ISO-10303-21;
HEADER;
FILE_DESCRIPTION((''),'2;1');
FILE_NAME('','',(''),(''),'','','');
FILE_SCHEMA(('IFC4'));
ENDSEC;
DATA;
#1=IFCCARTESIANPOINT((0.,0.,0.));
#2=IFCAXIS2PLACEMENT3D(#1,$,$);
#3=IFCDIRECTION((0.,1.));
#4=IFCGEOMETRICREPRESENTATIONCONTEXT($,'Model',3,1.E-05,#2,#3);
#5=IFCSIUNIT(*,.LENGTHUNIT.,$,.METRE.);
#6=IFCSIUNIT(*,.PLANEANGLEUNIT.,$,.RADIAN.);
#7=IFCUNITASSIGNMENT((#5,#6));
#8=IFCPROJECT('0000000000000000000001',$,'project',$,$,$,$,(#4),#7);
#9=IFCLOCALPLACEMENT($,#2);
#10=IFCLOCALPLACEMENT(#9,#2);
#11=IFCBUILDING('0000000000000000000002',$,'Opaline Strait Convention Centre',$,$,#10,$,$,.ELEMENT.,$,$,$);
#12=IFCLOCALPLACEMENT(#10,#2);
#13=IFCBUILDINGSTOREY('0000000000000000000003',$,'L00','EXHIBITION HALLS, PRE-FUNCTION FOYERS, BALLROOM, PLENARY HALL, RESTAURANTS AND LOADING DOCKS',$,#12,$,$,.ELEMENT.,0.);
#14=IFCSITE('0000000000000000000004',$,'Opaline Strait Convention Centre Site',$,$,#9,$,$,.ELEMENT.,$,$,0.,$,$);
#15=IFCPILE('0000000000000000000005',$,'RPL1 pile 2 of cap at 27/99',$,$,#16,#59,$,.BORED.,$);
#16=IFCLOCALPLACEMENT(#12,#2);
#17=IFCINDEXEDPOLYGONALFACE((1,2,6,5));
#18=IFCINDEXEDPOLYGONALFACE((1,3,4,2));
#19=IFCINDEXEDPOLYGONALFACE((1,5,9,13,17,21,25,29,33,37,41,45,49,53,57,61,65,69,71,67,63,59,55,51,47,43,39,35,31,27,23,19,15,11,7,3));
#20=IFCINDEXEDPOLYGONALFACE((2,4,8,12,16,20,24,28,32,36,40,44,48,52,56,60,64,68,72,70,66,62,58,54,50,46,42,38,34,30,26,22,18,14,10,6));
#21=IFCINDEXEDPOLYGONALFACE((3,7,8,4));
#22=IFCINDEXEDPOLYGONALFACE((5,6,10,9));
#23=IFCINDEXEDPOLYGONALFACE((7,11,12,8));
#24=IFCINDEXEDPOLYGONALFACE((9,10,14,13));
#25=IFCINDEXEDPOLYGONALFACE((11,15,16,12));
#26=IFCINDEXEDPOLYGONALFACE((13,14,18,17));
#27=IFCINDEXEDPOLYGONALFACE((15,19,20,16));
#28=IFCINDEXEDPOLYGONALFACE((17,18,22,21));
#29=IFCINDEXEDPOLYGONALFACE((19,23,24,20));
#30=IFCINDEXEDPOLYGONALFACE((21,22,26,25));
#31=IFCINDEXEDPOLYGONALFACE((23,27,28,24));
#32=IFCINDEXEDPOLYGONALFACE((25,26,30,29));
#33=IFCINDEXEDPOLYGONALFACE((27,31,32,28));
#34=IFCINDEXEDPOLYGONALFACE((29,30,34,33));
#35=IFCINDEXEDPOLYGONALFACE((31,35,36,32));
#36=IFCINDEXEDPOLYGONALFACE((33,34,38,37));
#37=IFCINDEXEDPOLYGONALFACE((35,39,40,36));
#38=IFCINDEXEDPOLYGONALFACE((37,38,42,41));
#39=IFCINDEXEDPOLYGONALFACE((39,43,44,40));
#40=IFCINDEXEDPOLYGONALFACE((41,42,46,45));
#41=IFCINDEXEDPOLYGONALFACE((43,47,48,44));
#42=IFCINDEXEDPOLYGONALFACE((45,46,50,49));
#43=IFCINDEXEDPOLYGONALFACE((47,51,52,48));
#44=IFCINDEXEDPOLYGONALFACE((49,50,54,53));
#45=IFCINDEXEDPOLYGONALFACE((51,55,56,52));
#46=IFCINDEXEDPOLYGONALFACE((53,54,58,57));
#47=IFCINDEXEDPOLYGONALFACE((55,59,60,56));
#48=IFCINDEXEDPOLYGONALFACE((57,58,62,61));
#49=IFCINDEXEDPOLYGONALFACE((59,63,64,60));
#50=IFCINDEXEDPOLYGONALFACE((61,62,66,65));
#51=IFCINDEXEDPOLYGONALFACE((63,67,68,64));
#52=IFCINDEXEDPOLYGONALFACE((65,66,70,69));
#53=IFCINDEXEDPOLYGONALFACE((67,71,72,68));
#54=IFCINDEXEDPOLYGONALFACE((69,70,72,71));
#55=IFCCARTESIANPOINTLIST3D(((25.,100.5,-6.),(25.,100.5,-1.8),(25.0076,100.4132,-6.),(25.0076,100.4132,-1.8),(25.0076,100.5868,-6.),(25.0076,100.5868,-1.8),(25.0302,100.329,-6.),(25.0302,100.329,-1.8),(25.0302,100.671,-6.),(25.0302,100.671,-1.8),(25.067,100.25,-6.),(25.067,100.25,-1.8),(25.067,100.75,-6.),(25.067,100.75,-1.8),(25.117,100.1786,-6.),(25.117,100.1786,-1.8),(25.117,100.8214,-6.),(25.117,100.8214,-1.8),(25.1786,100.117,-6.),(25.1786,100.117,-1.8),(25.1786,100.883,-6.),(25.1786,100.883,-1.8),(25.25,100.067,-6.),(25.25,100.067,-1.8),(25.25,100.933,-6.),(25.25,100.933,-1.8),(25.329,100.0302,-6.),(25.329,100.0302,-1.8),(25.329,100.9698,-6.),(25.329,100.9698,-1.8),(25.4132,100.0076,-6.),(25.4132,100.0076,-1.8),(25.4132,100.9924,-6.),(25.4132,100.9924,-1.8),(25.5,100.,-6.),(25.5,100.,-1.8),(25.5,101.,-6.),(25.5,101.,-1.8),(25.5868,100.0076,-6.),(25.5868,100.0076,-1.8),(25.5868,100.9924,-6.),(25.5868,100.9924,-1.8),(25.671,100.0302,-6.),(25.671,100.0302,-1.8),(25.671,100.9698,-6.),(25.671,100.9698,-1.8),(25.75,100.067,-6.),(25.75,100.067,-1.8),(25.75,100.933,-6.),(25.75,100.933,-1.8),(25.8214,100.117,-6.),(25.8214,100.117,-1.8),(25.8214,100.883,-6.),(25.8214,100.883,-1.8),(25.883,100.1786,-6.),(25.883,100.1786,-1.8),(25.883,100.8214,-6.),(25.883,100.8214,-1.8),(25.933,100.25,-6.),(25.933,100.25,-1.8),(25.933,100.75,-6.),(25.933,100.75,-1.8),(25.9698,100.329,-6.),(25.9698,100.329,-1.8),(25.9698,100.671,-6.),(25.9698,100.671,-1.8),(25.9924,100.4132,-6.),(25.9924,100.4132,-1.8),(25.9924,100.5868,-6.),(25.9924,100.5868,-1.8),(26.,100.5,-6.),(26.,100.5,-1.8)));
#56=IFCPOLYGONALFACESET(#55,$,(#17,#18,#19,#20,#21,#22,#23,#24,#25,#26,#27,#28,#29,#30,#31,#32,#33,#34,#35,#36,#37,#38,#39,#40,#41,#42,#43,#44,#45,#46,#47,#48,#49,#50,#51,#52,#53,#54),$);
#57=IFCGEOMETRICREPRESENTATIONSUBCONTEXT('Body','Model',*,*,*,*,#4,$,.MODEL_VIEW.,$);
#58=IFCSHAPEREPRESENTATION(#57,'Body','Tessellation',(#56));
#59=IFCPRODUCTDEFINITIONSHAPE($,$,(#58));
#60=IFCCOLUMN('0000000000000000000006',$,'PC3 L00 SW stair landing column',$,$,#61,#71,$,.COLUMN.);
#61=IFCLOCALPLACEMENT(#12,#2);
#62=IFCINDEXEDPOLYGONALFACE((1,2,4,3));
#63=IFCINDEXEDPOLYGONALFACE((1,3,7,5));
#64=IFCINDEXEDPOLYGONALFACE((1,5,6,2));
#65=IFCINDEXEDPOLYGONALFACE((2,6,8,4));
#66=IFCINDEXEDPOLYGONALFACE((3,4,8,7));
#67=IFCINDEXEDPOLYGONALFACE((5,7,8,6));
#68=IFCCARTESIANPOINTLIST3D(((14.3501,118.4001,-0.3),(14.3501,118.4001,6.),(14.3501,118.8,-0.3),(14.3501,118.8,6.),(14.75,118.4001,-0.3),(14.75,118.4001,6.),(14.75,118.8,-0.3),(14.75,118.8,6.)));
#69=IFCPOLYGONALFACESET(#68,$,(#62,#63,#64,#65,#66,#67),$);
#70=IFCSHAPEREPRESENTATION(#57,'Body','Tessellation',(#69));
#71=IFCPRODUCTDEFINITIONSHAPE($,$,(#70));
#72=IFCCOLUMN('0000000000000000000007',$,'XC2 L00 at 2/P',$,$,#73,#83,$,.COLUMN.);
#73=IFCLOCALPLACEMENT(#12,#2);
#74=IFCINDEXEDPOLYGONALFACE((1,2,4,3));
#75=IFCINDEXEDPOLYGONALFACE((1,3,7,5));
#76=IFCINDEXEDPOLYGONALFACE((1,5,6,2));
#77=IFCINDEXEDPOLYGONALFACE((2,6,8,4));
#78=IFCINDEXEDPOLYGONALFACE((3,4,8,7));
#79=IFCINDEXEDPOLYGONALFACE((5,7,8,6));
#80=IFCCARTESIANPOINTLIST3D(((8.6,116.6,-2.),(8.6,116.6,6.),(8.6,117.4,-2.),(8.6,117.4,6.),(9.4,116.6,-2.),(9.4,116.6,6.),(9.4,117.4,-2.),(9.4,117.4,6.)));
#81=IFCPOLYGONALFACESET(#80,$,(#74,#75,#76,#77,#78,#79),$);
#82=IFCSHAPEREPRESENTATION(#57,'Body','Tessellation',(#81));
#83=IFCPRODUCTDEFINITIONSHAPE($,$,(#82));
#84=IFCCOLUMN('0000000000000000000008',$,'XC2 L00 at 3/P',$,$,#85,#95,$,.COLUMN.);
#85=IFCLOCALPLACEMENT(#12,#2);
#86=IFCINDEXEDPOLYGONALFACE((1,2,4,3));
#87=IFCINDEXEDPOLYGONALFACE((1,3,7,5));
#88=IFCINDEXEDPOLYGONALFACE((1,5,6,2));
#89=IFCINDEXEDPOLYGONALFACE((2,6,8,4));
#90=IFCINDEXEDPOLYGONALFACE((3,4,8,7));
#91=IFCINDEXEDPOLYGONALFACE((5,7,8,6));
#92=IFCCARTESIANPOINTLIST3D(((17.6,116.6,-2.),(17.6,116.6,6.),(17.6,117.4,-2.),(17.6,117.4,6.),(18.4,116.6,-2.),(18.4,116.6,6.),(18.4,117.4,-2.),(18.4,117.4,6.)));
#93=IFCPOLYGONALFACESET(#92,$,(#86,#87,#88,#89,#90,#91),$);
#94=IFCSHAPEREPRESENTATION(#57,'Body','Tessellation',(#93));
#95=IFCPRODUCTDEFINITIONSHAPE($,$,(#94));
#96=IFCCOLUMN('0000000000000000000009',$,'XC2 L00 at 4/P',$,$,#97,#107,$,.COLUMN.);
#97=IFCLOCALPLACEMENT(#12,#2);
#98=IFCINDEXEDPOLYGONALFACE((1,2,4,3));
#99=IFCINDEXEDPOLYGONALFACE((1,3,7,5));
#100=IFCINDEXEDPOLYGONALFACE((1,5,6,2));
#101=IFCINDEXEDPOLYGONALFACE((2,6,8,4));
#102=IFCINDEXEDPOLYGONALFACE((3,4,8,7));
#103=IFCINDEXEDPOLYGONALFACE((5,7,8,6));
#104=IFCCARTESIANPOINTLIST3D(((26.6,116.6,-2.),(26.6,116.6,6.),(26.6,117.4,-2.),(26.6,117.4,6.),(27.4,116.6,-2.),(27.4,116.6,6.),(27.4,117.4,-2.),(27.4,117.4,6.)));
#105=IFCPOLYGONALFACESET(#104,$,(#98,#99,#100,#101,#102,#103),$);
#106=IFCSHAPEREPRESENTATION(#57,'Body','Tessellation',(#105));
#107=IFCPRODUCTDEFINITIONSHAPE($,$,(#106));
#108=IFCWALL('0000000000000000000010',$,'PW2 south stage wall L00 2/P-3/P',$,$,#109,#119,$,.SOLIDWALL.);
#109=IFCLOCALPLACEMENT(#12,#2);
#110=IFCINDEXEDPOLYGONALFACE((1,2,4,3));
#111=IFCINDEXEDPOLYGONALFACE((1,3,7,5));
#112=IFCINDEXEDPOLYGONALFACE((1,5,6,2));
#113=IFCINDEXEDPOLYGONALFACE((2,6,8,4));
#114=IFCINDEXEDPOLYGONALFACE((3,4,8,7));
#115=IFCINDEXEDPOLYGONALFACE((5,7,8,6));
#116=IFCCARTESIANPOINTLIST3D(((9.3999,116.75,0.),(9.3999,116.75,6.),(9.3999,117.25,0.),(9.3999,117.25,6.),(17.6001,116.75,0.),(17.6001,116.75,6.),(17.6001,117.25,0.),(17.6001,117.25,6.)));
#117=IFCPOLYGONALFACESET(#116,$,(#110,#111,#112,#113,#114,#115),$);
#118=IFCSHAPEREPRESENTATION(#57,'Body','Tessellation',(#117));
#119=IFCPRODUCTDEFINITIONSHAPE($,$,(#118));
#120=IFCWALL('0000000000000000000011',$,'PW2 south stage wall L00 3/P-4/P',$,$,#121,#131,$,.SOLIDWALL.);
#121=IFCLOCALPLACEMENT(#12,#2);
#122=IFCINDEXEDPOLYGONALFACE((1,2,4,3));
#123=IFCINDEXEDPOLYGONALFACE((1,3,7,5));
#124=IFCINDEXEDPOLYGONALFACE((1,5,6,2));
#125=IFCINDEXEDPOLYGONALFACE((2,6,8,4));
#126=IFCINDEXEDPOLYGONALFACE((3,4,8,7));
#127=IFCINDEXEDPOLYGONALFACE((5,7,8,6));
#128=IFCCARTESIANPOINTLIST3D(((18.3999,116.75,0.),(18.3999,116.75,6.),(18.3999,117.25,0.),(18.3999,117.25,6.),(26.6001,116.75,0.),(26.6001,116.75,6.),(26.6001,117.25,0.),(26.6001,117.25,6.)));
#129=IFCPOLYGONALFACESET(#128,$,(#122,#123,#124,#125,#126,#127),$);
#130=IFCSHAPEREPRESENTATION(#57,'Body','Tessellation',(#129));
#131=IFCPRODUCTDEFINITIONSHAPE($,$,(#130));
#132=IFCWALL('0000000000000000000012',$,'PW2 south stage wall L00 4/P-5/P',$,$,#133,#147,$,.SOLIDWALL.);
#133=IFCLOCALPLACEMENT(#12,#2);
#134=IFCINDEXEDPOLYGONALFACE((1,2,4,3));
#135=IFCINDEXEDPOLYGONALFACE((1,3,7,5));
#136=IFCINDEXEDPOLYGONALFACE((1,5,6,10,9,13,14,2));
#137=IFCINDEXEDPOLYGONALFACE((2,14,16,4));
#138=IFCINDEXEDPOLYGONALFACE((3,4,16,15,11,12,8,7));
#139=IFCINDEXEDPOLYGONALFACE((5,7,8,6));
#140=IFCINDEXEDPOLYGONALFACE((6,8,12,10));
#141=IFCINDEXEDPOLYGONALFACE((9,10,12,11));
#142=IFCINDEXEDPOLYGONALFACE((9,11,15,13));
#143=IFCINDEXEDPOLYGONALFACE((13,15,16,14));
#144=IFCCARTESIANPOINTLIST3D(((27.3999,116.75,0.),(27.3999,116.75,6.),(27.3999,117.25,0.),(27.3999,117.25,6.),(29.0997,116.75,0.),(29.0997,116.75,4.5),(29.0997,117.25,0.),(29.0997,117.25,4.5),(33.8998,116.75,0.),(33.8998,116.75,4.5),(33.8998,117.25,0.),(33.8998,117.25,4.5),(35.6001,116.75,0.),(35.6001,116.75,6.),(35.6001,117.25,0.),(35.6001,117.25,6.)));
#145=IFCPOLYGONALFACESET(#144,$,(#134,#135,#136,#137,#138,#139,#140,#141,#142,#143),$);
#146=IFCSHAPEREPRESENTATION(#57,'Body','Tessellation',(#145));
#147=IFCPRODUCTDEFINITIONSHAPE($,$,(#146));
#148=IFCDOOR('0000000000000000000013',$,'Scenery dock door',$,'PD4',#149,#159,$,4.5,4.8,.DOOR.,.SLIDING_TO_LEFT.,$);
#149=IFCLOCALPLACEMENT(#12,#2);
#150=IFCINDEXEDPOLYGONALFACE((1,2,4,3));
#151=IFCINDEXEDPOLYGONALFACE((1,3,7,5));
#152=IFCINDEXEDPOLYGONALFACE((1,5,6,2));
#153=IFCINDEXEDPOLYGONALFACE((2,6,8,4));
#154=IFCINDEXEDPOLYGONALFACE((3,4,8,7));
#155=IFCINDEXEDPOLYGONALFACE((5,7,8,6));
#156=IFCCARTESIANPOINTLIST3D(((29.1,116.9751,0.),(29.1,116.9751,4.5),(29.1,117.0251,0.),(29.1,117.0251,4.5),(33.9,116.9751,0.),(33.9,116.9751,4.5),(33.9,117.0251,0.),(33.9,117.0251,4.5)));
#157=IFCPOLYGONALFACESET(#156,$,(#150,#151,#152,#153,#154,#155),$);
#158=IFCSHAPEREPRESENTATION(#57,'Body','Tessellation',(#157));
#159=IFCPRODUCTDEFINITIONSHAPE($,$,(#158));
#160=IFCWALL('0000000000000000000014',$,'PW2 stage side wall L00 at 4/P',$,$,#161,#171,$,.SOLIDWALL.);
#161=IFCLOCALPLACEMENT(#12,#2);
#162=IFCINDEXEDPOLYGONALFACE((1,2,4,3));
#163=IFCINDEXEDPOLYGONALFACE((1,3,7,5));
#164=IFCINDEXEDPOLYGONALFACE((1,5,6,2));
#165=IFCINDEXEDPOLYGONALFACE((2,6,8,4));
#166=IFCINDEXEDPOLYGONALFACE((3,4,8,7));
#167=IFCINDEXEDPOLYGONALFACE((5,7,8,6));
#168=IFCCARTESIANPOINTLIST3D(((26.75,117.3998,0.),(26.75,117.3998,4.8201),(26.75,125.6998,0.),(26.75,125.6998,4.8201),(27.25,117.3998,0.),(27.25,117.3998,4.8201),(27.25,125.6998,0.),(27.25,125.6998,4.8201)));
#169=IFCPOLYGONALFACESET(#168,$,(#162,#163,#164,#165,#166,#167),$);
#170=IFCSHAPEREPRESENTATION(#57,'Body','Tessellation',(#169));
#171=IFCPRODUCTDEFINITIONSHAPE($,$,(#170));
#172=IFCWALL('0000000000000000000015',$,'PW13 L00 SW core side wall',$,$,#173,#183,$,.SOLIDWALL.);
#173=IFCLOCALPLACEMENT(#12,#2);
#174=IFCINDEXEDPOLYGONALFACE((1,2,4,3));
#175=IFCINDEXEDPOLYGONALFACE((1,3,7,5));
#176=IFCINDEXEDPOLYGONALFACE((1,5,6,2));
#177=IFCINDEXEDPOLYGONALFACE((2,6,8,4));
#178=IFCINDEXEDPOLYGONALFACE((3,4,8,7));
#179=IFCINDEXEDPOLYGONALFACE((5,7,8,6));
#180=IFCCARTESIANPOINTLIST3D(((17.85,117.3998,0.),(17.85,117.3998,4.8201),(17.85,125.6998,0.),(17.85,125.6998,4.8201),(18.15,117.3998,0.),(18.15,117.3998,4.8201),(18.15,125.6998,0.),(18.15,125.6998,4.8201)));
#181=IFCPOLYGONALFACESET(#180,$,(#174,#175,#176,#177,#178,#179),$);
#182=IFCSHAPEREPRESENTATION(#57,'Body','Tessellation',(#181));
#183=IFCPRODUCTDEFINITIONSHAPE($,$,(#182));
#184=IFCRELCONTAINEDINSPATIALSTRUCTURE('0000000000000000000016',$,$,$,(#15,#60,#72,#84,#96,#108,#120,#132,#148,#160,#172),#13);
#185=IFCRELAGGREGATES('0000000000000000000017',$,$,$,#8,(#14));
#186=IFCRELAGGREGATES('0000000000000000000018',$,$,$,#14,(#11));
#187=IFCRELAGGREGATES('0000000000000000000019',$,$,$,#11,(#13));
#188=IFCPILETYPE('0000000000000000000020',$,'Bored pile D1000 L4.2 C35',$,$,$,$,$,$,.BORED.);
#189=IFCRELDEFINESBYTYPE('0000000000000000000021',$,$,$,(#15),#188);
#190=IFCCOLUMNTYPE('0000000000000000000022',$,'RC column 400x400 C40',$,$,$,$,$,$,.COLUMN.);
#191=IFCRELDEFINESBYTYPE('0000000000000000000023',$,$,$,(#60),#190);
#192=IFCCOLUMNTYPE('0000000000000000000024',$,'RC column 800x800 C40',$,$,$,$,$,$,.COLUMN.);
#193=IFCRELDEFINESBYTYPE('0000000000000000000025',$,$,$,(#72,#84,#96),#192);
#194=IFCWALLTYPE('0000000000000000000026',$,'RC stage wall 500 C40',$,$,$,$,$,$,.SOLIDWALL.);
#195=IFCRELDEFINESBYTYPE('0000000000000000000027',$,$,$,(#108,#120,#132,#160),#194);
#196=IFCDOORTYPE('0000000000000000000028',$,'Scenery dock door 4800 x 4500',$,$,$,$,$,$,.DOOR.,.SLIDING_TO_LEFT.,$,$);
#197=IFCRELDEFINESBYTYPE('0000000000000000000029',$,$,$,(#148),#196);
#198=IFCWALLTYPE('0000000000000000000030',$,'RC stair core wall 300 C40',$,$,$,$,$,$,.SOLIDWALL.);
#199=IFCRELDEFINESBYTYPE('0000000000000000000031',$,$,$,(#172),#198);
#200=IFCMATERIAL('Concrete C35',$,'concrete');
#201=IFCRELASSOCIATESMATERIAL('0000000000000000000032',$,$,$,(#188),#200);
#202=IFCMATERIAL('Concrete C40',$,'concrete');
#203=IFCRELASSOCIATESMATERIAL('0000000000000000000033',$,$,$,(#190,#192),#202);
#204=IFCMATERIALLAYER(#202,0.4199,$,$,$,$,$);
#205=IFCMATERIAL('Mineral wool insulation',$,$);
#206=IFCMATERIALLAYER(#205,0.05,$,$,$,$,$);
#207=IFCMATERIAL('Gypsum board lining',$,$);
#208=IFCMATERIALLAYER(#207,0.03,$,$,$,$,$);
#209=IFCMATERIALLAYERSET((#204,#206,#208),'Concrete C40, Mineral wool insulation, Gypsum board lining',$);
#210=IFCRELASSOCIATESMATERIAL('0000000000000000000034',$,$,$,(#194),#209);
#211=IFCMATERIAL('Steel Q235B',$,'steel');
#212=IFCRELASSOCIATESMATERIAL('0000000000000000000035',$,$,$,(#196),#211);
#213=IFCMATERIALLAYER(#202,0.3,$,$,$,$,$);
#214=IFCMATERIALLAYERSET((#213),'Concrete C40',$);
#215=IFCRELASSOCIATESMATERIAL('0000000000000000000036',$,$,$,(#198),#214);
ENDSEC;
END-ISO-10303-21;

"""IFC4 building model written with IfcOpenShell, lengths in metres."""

from ifc_helpers import new_model, si_unit, direction, frame, frame_2d, origin, origin_2d, place, context, subcontext, project, spatial, rectangle, circle, extrude, material, layer, layer_set, material_profile, profile_set, type_object, element, fill, save


model = new_model("IFC4")

# Units and contexts
model_context = context("Model", 3, precision=1e-05, world=origin(), true_north=direction((0.0, 1.0)))
body_context = subcontext(model_context, "Body", "Model", "MODEL_VIEW")
ifc_project = project(units=[si_unit("LENGTHUNIT", "METRE"), si_unit("PLANEANGLEUNIT", "RADIAN")], contexts=[model_context])

# Site, building, storey
site_placement = place(None, origin())
site = spatial("IfcSite", under=ifc_project, at=site_placement, Name="Opaline Strait Convention Centre Site", CompositionType="ELEMENT", RefElevation=0.0)
building_placement = place(site_placement, origin())
building = spatial("IfcBuilding", under=site, at=building_placement, Name="Opaline Strait Convention Centre", CompositionType="ELEMENT")
storey_placement = place(building_placement, origin())
storey = spatial("IfcBuildingStorey", under=building, at=storey_placement, Name="L00", Description="EXHIBITION HALLS, PRE-FUNCTION FOYERS, BALLROOM, PLENARY HALL, RESTAURANTS AND LOADING DOCKS", CompositionType="ELEMENT", Elevation=0.0)

# Pile
ifc_material_1 = material(Name="Concrete C35", Category="concrete")
ifc_material_profile_1 = material_profile(ifc_material_1, circle(Radius=0.5, at=origin_2d()), Name="D1000")
ifc_profile_set_1 = profile_set([ifc_material_profile_1], Name="Concrete C35")
pile_type_1 = type_object("IfcPileType", Name="Bored pile D1000 L4.2 C35", PredefinedType="BORED", material=ifc_profile_set_1)
for number, where, z_axis, x_axis, name in (
    (1, (25.5, 100.5, -1.8), (0.0, 0.0, -1.0), (1.0, 0.0, 0.0), "RPL1 pile 2 of cap at 27/99"),
):
    element("IfcPile", number, at=place(storey_placement, frame(where, z_axis=z_axis, x_axis=x_axis)), inside=storey, type_object=pile_type_1, Name=name, PredefinedType="BORED", context=body_context, shape_type="SweptSolid", body=[
        extrude(circle(Radius=0.5, at=origin_2d()), origin(), (0.0, 0.0, 1.0), 4.2),
    ])

# Columns
ifc_material_2 = material(Name="Concrete C40", Category="concrete")
ifc_material_profile_2 = material_profile(ifc_material_2, rectangle(XDim=0.3999, YDim=0.3999, at=origin_2d()), Name="RC 400x400")
ifc_profile_set_2 = profile_set([ifc_material_profile_2], Name="Concrete C40")
column_type_1 = type_object("IfcColumnType", Name="RC column 400x400 C40", PredefinedType="COLUMN", material=ifc_profile_set_2)
column_placement = place(storey_placement, frame((14.55, 118.6001, -0.3), z_axis=(0.0, 0.0, 1.0), x_axis=(1.0, 0.0, 0.0)))
element("IfcColumn", 2, at=column_placement, inside=storey, type_object=column_type_1, Name="PC3 L00 SW stair landing column", PredefinedType="COLUMN", context=body_context, shape_type="SweptSolid", body=[
    extrude(rectangle(XDim=0.3999, YDim=0.3999, at=origin_2d()), origin(), (0.0, 0.0, 1.0), 6.3),
])
ifc_material_profile_3 = material_profile(ifc_material_2, rectangle(XDim=0.8, YDim=0.8, at=origin_2d()), Name="RC 800x800")
ifc_profile_set_3 = profile_set([ifc_material_profile_3], Name="Concrete C40")
column_type_2 = type_object("IfcColumnType", Name="RC column 800x800 C40", PredefinedType="COLUMN", material=ifc_profile_set_3)
for number, where, z_axis, x_axis, name in (
    (3, (9.0, 117.0, -2.0), (0.0, 0.0, 1.0), (1.0, 0.0, 0.0), "XC2 L00 at 2/P"),
    (4, (18.0, 117.0, -2.0), (0.0, 0.0, 1.0), (1.0, 0.0, 0.0), "XC2 L00 at 3/P"),
    (5, (27.0, 117.0, -2.0), (0.0, 0.0, 1.0), (1.0, 0.0, 0.0), "XC2 L00 at 4/P"),
):
    element("IfcColumn", number, at=place(storey_placement, frame(where, z_axis=z_axis, x_axis=x_axis)), inside=storey, type_object=column_type_2, Name=name, PredefinedType="COLUMN", context=body_context, shape_type="SweptSolid", body=[
        extrude(rectangle(XDim=0.8, YDim=0.8, at=origin_2d()), origin(), (0.0, 0.0, 1.0), 8.0),
    ])

# Shared definitions
ifc_material_3 = material(Name="Mineral wool insulation")
ifc_material_4 = material(Name="Gypsum board lining")
ifc_material_5 = material(Name="Steel Q235B", Category="steel")

# Walls
ifc_layer_1 = layer(ifc_material_2, 0.4199)
ifc_layer_2 = layer(ifc_material_3, 0.05)
ifc_layer_3 = layer(ifc_material_4, 0.03)
ifc_layer_set_1 = layer_set([ifc_layer_1, ifc_layer_2, ifc_layer_3], Name="Concrete C40, Mineral wool insulation, Gypsum board lining")
wall_type_1 = type_object("IfcWallType", Name="RC stage wall 500 C40", PredefinedType="SOLIDWALL", material=ifc_layer_set_1)
for number, where, z_axis, x_axis, name in (
    (6, (9.3999, 117.0, 0.0), (0.0, 0.0, 1.0), (1.0, 0.0, 0.0), "PW2 south stage wall L00 2/P-3/P"),
    (7, (18.3999, 117.0, 0.0), (0.0, 0.0, 1.0), (1.0, 0.0, 0.0), "PW2 south stage wall L00 3/P-4/P"),
):
    element("IfcWall", number, at=place(storey_placement, frame(where, z_axis=z_axis, x_axis=x_axis)), inside=storey, type_object=wall_type_1, Name=name, PredefinedType="SOLIDWALL", context=body_context, shape_type="SweptSolid", body=[
        extrude(rectangle(XDim=8.2002, YDim=0.5, at=frame_2d((4.1001, 0.0))), origin(), (0.0, 0.0, 1.0), 6.0),
    ])

# Wall, opening, door
wall_1_placement = place(storey_placement, frame((27.3999, 117.0, 0.0), z_axis=(0.0, 0.0, 1.0), x_axis=(1.0, 0.0, 0.0)))
wall_1 = element("IfcWall", 8, at=wall_1_placement, inside=storey, type_object=wall_type_1, Name="PW2 south stage wall L00 4/P-5/P", PredefinedType="SOLIDWALL", context=body_context, shape_type="SweptSolid", body=[
    extrude(rectangle(XDim=8.2002, YDim=0.5, at=frame_2d((4.1001, 0.0))), origin(), (0.0, 0.0, 1.0), 6.0),
])
opening_1_placement = place(wall_1_placement, frame((1.7, 0.0, 0.0)))
opening_1 = element("IfcOpeningElement", 9, at=opening_1_placement, cuts=wall_1, PredefinedType="OPENING", context=body_context, shape_type="SweptSolid", body=[
    extrude(rectangle(XDim=4.8, YDim=4.5, at=frame_2d((2.3999, 2.25))), frame((0.0, 0.26, 0.0), z_axis=(0.0, -1.0, 0.0), x_axis=(1.0, 0.0, 0.0)), (0.0, 0.0, 1.0), 0.52),
])
door_type_1 = type_object("IfcDoorType", Name="Scenery dock door 4800 x 4500", OperationType="SLIDING_TO_LEFT", PredefinedType="DOOR", material=ifc_material_5)
door_1_placement = place(opening_1_placement, frame((4.8, 0.0, 0.0), z_axis=(0.0, 0.0, 1.0), x_axis=(-1.0, 0.0, 0.0)))
door_1 = element("IfcDoor", 10, at=door_1_placement, inside=storey, type_object=door_type_1, Name="Scenery dock door", ObjectType="PD4", OperationType="SLIDING_TO_LEFT", OverallHeight=4.5, OverallWidth=4.8, PredefinedType="DOOR", context=body_context, shape_type="SweptSolid", body=[
    extrude(rectangle(XDim=4.8, YDim=4.5, at=frame_2d((2.3999, 2.25))), frame((0.0, 0.0249, 0.0), z_axis=(0.0, -1.0, 0.0), x_axis=(1.0, 0.0, 0.0)), (0.0, 0.0, 1.0), 0.05),
])
fill(opening_1, door_1)

# Walls
wall_2_placement = place(storey_placement, frame((27.0, 117.3999, 0.0), z_axis=(0.0, 0.0, 1.0), x_axis=(0.0, 1.0, 0.0)))
element("IfcWall", 11, at=wall_2_placement, inside=storey, type_object=wall_type_1, Name="PW2 stage side wall L00 at 4/P", PredefinedType="SOLIDWALL", context=body_context, shape_type="SweptSolid", body=[
    extrude(rectangle(XDim=8.3, YDim=0.5, at=frame_2d((4.1499, 0.0))), origin(), (0.0, 0.0, 1.0), 4.8201),
])
ifc_layer_4 = layer(ifc_material_2, 0.3)
ifc_layer_set_2 = layer_set([ifc_layer_4], Name="Concrete C40")
wall_type_2 = type_object("IfcWallType", Name="RC stair core wall 300 C40", PredefinedType="SOLIDWALL", material=ifc_layer_set_2)
wall_3_placement = place(storey_placement, frame((18.0, 117.3999, 0.0), z_axis=(0.0, 0.0, 1.0), x_axis=(0.0, 1.0, 0.0)))
element("IfcWall", 12, at=wall_3_placement, inside=storey, type_object=wall_type_2, Name="PW13 L00 SW core side wall", PredefinedType="SOLIDWALL", context=body_context, shape_type="SweptSolid", body=[
    extrude(rectangle(XDim=8.3, YDim=0.3, at=frame_2d((4.1499, 0.0))), origin(), (0.0, 0.0, 1.0), 4.8201),
])

save(model, "model.ifc")
